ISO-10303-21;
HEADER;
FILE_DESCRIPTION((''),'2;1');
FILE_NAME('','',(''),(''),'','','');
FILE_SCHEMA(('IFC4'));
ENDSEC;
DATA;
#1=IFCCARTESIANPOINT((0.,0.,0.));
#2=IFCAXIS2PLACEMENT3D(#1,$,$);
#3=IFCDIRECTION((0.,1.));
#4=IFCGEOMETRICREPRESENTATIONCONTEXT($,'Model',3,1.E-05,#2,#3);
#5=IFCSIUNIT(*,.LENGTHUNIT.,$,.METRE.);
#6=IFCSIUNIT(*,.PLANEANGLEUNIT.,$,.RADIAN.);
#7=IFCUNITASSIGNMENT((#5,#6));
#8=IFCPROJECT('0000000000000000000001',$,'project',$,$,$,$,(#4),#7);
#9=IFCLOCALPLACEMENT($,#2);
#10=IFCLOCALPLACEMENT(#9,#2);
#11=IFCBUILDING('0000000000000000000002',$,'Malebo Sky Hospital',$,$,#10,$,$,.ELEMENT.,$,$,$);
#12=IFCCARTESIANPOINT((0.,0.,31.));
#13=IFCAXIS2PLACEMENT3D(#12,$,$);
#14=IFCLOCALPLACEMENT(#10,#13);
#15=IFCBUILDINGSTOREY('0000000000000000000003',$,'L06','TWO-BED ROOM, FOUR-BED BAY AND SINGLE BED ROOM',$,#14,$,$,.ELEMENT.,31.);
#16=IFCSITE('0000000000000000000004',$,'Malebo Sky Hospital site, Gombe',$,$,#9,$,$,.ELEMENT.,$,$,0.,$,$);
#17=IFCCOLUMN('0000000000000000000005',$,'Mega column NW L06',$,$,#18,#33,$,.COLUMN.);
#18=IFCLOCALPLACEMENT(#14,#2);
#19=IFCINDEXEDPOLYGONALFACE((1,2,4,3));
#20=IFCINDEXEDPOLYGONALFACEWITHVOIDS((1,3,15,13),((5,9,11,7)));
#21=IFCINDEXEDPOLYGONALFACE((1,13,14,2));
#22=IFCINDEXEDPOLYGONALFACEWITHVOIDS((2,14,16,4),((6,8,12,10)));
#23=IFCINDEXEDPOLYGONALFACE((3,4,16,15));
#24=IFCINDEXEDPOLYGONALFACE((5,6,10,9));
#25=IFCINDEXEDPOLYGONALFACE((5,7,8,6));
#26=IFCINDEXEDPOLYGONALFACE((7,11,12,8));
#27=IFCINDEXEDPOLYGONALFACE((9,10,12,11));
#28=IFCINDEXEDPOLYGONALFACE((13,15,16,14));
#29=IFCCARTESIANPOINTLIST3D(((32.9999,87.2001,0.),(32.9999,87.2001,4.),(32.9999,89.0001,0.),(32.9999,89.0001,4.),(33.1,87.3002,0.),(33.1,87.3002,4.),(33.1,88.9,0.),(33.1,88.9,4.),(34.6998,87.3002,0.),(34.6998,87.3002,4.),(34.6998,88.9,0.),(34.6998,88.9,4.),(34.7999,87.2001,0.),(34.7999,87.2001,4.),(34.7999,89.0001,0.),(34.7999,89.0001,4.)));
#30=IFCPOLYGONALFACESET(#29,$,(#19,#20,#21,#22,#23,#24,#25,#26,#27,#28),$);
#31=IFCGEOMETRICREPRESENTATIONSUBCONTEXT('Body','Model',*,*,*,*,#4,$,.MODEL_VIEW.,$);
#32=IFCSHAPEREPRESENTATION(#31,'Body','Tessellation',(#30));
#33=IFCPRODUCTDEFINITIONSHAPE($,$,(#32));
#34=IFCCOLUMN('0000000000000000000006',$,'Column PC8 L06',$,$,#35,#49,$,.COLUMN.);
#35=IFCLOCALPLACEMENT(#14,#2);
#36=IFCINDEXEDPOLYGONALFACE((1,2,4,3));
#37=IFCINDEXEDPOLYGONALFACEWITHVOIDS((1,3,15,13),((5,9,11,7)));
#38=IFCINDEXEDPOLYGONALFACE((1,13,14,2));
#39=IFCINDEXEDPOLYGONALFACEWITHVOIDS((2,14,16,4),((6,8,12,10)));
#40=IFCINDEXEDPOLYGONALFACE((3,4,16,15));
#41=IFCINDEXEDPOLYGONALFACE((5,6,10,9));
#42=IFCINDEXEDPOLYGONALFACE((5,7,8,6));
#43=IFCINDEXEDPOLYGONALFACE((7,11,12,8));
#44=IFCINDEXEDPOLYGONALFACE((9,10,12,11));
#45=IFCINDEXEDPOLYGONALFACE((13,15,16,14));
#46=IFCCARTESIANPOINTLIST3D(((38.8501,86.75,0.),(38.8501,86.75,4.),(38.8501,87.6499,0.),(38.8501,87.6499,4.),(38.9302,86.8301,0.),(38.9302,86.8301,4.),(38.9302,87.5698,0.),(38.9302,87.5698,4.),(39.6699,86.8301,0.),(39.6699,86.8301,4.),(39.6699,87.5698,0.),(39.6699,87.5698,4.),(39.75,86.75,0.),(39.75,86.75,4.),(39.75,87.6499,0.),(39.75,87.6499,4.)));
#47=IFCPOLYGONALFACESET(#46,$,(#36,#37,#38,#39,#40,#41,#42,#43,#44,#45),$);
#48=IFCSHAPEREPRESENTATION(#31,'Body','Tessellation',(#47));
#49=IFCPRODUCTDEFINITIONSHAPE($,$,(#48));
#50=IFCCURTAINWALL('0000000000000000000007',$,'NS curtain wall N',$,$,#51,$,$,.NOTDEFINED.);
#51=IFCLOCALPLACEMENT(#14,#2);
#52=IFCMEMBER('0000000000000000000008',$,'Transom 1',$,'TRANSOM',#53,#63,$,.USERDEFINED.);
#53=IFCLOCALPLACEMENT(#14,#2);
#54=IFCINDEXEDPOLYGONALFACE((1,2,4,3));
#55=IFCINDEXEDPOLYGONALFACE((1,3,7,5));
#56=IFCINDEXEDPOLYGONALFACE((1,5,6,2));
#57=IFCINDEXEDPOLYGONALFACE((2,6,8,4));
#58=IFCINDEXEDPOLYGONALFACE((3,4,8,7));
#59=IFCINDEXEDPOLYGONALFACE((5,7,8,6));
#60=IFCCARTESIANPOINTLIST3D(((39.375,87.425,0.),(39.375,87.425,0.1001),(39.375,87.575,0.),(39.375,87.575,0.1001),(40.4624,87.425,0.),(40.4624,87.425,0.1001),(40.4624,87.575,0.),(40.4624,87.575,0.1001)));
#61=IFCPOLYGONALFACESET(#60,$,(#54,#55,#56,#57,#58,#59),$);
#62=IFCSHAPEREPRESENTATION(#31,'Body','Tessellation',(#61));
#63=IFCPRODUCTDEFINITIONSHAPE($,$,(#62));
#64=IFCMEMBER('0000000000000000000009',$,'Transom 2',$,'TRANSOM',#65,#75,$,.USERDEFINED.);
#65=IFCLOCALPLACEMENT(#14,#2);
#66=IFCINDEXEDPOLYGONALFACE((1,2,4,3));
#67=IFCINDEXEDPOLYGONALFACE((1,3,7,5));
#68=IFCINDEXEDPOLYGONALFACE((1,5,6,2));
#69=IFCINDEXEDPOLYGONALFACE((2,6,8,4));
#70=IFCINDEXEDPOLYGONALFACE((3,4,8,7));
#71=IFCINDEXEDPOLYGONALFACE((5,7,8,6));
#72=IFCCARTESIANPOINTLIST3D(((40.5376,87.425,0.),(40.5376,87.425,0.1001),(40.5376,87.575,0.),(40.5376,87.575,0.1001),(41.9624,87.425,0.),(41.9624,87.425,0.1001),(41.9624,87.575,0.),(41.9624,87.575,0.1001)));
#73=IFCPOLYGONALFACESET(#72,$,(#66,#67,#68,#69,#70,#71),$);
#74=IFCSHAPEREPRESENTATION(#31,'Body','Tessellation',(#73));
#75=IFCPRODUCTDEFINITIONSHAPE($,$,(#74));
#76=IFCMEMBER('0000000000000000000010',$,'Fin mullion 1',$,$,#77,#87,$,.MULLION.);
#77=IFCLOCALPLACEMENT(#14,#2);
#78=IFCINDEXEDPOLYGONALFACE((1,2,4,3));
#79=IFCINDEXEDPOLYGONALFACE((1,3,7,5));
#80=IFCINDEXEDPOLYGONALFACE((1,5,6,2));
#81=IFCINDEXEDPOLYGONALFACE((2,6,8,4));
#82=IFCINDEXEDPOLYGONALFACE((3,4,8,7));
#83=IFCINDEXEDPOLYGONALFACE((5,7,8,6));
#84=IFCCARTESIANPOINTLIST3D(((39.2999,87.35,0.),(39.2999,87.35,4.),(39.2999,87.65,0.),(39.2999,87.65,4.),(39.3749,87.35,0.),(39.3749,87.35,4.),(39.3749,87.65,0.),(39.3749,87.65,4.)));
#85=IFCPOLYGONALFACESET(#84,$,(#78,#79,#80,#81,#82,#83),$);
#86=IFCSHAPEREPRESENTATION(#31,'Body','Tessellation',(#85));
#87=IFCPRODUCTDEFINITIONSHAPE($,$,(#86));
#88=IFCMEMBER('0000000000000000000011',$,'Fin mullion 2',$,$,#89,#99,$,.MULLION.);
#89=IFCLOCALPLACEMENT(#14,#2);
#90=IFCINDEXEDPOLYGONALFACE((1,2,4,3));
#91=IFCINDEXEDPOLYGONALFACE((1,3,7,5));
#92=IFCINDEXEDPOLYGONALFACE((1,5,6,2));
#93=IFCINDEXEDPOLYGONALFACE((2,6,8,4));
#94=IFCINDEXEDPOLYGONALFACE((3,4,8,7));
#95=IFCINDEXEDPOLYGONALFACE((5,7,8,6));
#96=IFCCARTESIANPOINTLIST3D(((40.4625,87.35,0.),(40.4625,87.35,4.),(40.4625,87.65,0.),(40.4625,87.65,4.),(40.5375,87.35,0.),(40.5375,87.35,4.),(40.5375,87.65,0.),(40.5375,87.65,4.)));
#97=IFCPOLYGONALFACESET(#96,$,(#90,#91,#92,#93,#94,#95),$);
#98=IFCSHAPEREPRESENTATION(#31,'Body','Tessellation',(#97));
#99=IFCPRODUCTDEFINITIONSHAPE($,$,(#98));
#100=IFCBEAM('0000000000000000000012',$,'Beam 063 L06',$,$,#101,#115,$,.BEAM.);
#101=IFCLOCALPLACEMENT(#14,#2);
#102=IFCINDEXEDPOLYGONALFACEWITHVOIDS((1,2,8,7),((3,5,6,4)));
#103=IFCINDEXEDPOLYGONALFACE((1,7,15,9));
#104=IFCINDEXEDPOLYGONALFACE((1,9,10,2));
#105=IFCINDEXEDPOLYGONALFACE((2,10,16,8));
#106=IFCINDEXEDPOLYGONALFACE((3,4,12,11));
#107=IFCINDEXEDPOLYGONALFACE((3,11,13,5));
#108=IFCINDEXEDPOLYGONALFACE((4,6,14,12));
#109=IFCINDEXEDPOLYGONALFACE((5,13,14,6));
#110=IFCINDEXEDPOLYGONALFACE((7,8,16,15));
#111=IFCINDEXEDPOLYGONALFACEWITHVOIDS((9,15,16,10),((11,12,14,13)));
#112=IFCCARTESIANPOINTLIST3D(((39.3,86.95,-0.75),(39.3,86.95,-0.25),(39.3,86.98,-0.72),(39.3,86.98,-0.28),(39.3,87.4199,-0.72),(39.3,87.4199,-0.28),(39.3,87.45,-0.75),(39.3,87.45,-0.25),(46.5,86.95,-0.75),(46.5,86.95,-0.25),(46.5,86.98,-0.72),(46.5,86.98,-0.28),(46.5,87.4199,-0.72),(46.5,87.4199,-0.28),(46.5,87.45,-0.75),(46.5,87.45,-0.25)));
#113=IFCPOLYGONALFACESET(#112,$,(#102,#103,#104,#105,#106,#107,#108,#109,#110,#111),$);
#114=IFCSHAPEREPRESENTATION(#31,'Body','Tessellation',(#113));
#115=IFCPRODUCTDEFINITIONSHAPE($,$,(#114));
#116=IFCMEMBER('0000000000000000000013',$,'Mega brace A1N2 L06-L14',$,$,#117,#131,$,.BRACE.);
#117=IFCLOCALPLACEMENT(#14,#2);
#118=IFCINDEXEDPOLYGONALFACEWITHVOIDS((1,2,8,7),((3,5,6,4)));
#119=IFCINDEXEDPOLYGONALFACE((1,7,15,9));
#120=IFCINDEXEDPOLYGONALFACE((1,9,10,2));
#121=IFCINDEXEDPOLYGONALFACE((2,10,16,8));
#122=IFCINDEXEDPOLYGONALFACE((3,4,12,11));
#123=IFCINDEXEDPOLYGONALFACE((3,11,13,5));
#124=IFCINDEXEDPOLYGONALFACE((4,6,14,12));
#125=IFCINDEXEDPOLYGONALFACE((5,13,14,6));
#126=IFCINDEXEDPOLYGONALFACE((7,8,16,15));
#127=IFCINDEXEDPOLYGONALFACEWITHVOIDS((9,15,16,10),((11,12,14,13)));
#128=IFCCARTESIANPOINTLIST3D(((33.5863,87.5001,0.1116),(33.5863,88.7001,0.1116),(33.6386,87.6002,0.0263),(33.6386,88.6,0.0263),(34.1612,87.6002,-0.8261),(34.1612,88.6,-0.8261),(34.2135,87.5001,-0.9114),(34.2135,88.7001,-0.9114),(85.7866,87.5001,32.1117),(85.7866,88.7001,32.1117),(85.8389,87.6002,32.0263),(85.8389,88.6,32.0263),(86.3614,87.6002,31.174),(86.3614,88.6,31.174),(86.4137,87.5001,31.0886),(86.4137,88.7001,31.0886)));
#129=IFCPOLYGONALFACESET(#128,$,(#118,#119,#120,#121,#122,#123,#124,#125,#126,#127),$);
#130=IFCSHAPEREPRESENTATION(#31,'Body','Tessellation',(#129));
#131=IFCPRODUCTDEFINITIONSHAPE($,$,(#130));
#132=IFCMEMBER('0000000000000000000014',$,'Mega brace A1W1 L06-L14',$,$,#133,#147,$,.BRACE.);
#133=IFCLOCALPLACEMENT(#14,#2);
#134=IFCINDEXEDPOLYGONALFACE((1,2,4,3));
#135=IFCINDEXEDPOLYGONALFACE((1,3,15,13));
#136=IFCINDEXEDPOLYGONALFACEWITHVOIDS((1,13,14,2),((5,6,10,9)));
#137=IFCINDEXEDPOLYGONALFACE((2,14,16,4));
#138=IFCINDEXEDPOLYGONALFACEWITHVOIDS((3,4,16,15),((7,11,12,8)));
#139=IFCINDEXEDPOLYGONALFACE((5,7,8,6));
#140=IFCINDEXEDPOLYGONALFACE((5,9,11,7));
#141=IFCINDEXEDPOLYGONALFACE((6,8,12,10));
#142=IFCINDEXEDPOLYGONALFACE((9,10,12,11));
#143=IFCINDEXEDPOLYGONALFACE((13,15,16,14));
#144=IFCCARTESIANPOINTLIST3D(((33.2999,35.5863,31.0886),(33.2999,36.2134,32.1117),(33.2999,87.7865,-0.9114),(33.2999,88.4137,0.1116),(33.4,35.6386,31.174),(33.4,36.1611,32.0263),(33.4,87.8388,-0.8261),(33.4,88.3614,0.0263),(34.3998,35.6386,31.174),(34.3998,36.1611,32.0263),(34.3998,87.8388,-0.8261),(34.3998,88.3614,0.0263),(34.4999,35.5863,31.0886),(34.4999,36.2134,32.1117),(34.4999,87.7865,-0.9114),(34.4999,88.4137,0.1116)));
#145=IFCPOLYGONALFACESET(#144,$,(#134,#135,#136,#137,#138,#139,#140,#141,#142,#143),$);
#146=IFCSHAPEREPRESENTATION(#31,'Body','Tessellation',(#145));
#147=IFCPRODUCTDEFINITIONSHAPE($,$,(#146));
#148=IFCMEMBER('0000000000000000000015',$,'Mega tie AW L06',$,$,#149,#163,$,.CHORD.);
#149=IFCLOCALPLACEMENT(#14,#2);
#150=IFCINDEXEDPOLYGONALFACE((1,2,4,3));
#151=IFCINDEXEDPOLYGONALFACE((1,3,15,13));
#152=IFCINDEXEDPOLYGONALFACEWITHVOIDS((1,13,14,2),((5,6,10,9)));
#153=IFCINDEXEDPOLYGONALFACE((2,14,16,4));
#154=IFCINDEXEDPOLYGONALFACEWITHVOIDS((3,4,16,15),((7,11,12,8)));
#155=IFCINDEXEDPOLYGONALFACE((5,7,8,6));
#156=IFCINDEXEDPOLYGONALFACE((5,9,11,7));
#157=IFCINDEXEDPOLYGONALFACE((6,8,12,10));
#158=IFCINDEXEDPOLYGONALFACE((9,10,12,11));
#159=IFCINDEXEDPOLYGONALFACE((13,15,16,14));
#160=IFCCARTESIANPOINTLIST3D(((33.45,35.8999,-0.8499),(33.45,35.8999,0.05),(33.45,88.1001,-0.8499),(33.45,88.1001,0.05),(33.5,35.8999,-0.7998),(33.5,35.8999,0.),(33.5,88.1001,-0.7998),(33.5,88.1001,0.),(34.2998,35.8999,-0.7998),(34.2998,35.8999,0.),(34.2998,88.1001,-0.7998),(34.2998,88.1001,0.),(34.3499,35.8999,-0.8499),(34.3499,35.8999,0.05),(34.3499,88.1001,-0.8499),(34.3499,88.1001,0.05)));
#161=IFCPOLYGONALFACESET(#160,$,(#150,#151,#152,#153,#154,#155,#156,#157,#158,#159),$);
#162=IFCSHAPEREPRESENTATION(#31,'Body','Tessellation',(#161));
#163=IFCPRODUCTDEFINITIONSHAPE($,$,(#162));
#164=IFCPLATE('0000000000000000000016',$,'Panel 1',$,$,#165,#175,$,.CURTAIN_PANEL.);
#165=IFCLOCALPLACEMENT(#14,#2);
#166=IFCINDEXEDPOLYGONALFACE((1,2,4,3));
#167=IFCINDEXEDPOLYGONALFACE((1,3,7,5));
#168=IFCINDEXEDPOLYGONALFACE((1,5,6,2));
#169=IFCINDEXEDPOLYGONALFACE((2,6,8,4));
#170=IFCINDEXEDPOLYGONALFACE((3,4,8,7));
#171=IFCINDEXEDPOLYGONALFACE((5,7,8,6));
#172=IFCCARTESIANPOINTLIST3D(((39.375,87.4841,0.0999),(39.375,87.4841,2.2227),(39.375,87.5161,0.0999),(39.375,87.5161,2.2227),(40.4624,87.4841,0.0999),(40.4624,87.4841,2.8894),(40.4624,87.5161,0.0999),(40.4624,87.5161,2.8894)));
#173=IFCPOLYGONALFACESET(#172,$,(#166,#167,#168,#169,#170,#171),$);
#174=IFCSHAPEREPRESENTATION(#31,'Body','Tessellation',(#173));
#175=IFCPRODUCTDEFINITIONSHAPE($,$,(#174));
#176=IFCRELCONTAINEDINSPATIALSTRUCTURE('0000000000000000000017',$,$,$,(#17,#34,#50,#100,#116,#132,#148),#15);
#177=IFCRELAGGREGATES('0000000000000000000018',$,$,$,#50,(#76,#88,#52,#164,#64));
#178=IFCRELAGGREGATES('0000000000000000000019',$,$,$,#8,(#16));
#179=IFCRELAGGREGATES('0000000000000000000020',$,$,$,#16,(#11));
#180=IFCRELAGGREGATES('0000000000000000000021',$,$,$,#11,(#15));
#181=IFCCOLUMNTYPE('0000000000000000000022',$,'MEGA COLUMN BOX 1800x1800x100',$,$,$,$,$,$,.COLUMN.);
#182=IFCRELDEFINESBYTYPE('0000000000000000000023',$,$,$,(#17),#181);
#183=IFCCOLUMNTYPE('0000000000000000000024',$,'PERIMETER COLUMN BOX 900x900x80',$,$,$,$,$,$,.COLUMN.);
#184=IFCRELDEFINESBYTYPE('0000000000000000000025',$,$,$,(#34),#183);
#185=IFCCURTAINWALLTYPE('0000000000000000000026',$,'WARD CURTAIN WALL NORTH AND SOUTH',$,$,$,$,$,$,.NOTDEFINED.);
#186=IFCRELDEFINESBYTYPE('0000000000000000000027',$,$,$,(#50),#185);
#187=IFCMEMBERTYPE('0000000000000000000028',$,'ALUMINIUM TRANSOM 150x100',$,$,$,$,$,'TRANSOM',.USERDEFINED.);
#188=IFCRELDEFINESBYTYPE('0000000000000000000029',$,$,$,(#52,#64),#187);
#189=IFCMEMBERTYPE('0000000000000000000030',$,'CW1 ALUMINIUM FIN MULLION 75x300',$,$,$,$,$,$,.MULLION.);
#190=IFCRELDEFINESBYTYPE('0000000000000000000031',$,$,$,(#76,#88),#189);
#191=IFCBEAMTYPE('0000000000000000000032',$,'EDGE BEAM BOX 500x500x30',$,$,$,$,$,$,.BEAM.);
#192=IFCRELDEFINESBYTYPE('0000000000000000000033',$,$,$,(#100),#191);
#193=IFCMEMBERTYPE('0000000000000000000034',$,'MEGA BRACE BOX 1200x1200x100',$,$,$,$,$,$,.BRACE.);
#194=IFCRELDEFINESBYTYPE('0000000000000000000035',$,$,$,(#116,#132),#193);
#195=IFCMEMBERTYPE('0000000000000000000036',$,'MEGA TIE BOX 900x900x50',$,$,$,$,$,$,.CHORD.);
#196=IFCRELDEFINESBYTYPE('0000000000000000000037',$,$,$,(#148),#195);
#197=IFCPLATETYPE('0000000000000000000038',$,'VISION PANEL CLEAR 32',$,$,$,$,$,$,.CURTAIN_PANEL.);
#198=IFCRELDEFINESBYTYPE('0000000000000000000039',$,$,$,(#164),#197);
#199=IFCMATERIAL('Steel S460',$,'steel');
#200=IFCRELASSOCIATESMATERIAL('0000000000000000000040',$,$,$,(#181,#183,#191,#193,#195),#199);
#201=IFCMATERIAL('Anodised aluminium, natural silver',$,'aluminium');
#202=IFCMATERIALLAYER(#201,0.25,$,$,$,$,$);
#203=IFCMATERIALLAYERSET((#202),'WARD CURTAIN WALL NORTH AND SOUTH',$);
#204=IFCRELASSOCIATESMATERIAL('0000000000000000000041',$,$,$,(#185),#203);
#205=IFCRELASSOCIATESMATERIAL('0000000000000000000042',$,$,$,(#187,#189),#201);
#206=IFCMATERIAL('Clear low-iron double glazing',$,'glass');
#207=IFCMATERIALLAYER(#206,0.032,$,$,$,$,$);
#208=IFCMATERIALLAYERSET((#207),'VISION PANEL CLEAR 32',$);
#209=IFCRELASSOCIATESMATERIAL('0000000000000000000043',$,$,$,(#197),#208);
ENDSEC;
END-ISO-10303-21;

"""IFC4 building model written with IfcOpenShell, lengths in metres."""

from ifc_helpers import new_model, si_unit, direction, frame, origin, origin_2d, place, context, subcontext, project, spatial, polyline, rectangle, hollow_rectangle, outline, extrude, material, layer, layer_set, material_profile, profile_set, type_object, element, aggregate, save


model = new_model("IFC4")

# Units and contexts
model_context = context("Model", 3, precision=1e-05, world=origin(), true_north=direction((0.0, 1.0)))
body_context = subcontext(model_context, "Body", "Model", "MODEL_VIEW")
ifc_project = project(units=[si_unit("LENGTHUNIT", "METRE"), si_unit("PLANEANGLEUNIT", "RADIAN")], contexts=[model_context])

# Site, building, storey
site_placement = place(None, origin())
site = spatial("IfcSite", under=ifc_project, at=site_placement, Name="Malebo Sky Hospital site, Gombe", CompositionType="ELEMENT", RefElevation=0.0)
building_placement = place(site_placement, origin())
building = spatial("IfcBuilding", under=site, at=building_placement, Name="Malebo Sky Hospital", CompositionType="ELEMENT")
storey_placement = place(building_placement, frame((0.0, 0.0, 31.0)))
storey = spatial("IfcBuildingStorey", under=building, at=storey_placement, Name="L06", Description="TWO-BED ROOM, FOUR-BED BAY AND SINGLE BED ROOM", CompositionType="ELEMENT", Elevation=31.0)

# Columns
ifc_material_1 = material(Name="Steel S460", Category="steel")
ifc_material_profile_1 = material_profile(ifc_material_1, hollow_rectangle(XDim=1.8, YDim=1.8, WallThickness=0.1001, at=origin_2d()), Name="BOX 1800x1800x100")
ifc_profile_set_1 = profile_set([ifc_material_profile_1], Name="Steel S460")
column_type_1 = type_object("IfcColumnType", Name="MEGA COLUMN BOX 1800x1800x100", PredefinedType="COLUMN", material=ifc_profile_set_1)
column_1_placement = place(storey_placement, frame((33.8999, 88.1001, 0.0), z_axis=(0.0, 0.0, 1.0), x_axis=(1.0, 0.0, 0.0)))
element("IfcColumn", 1, at=column_1_placement, inside=storey, type_object=column_type_1, Name="Mega column NW L06", PredefinedType="COLUMN", context=body_context, shape_type="SweptSolid", body=[
    extrude(hollow_rectangle(XDim=1.8, YDim=1.8, WallThickness=0.1001, at=origin_2d()), origin(), (0.0, 0.0, 1.0), 4.0),
])
ifc_material_profile_2 = material_profile(ifc_material_1, hollow_rectangle(XDim=0.8999, YDim=0.8999, WallThickness=0.0801, at=origin_2d()), Name="BOX 900x900x80")
ifc_profile_set_2 = profile_set([ifc_material_profile_2], Name="Steel S460")
column_type_2 = type_object("IfcColumnType", Name="PERIMETER COLUMN BOX 900x900x80", PredefinedType="COLUMN", material=ifc_profile_set_2)
column_2_placement = place(storey_placement, frame((39.3, 87.2, 0.0), z_axis=(0.0, 0.0, 1.0), x_axis=(1.0, 0.0, 0.0)))
element("IfcColumn", 2, at=column_2_placement, inside=storey, type_object=column_type_2, Name="Column PC8 L06", PredefinedType="COLUMN", context=body_context, shape_type="SweptSolid", body=[
    extrude(hollow_rectangle(XDim=0.8999, YDim=0.8999, WallThickness=0.0801, at=origin_2d()), origin(), (0.0, 0.0, 1.0), 4.0),
])

# Curtain wall, members
ifc_material_2 = material(Name="Anodised aluminium, natural silver", Category="aluminium")
ifc_layer_1 = layer(ifc_material_2, 0.25)
ifc_layer_set_1 = layer_set([ifc_layer_1], Name="WARD CURTAIN WALL NORTH AND SOUTH")
curtain_wall_type = type_object("IfcCurtainWallType", Name="WARD CURTAIN WALL NORTH AND SOUTH", PredefinedType="NOTDEFINED", material=ifc_layer_set_1)
curtain_wall_placement = place(storey_placement, origin())
curtain_wall = element("IfcCurtainWall", 3, at=curtain_wall_placement, inside=storey, type_object=curtain_wall_type, Name="NS curtain wall N", PredefinedType="NOTDEFINED")
ifc_material_profile_3 = material_profile(ifc_material_2, rectangle(XDim=0.1499, YDim=0.1001, at=origin_2d()), Name="ALUMINIUM TRANSOM 150x100")
ifc_profile_set_3 = profile_set([ifc_material_profile_3], Name="Anodised aluminium, natural silver")
member_type_1 = type_object("IfcMemberType", Name="ALUMINIUM TRANSOM 150x100", ElementType="TRANSOM", PredefinedType="USERDEFINED", material=ifc_profile_set_3)
member_1_placement = place(storey_placement, frame((39.375, 87.5, 0.05), z_axis=(1.0, 0.0, 0.0), x_axis=(0.0, 1.0, 0.0)))
member_1 = element("IfcMember", 4, at=member_1_placement, type_object=member_type_1, Name="Transom 1", ObjectType="TRANSOM", PredefinedType="USERDEFINED", context=body_context, shape_type="SweptSolid", body=[
    extrude(rectangle(XDim=0.1499, YDim=0.1001, at=origin_2d()), origin(), (0.0, 0.0, 1.0), 1.0874),
])
member_2_placement = place(storey_placement, frame((40.5376, 87.5, 0.05), z_axis=(1.0, 0.0, 0.0), x_axis=(0.0, 1.0, 0.0)))
member_2 = element("IfcMember", 5, at=member_2_placement, type_object=member_type_1, Name="Transom 2", ObjectType="TRANSOM", PredefinedType="USERDEFINED", context=body_context, shape_type="SweptSolid", body=[
    extrude(rectangle(XDim=0.1499, YDim=0.1001, at=origin_2d()), origin(), (0.0, 0.0, 1.0), 1.4248),
])
ifc_material_profile_4 = material_profile(ifc_material_2, rectangle(XDim=0.075, YDim=0.3, at=origin_2d()), Name="CW1 ALUMINIUM FIN MULLION 75x300")
ifc_profile_set_4 = profile_set([ifc_material_profile_4], Name="Anodised aluminium, natural silver")
member_type_2 = type_object("IfcMemberType", Name="CW1 ALUMINIUM FIN MULLION 75x300", PredefinedType="MULLION", material=ifc_profile_set_4)
member_3_placement = place(storey_placement, frame((39.3374, 87.5, 0.0), z_axis=(0.0, 0.0, 1.0), x_axis=(1.0, 0.0, 0.0)))
member_3 = element("IfcMember", 6, at=member_3_placement, type_object=member_type_2, Name="Fin mullion 1", PredefinedType="MULLION", context=body_context, shape_type="SweptSolid", body=[
    extrude(rectangle(XDim=0.075, YDim=0.3, at=origin_2d()), origin(), (0.0, 0.0, 1.0), 4.0),
])
member_4_placement = place(storey_placement, frame((40.5, 87.5, 0.0), z_axis=(0.0, 0.0, 1.0), x_axis=(1.0, 0.0, 0.0)))
member_4 = element("IfcMember", 7, at=member_4_placement, type_object=member_type_2, Name="Fin mullion 2", PredefinedType="MULLION", context=body_context, shape_type="SweptSolid", body=[
    extrude(rectangle(XDim=0.075, YDim=0.3, at=origin_2d()), origin(), (0.0, 0.0, 1.0), 4.0),
])

# Beam
ifc_material_profile_5 = material_profile(ifc_material_1, hollow_rectangle(XDim=0.5, YDim=0.5, WallThickness=0.03, at=origin_2d()), Name="BOX 500x500x30")
ifc_profile_set_5 = profile_set([ifc_material_profile_5], Name="Steel S460")
beam_type = type_object("IfcBeamType", Name="EDGE BEAM BOX 500x500x30", PredefinedType="BEAM", material=ifc_profile_set_5)
beam_placement = place(storey_placement, frame((39.3, 87.2, -0.5), z_axis=(1.0, 0.0, 0.0), x_axis=(0.0, 1.0, 0.0)))
element("IfcBeam", 8, at=beam_placement, inside=storey, type_object=beam_type, Name="Beam 063 L06", PredefinedType="BEAM", context=body_context, shape_type="SweptSolid", body=[
    extrude(hollow_rectangle(XDim=0.5, YDim=0.5, WallThickness=0.03, at=origin_2d()), origin(), (0.0, 0.0, 1.0), 7.2),
])

# Members
ifc_material_profile_6 = material_profile(ifc_material_1, hollow_rectangle(XDim=1.2, YDim=1.2, WallThickness=0.1001, at=origin_2d()), Name="BOX 1200x1200x100")
ifc_profile_set_6 = profile_set([ifc_material_profile_6], Name="Steel S460")
member_type_3 = type_object("IfcMemberType", Name="MEGA BRACE BOX 1200x1200x100", PredefinedType="BRACE", material=ifc_profile_set_6)
for number, where, z_axis, x_axis, name in (
    (9, (33.8999, 88.1001, -0.3999), (0.852555, 0.0, 0.522637), (0.0, 1.0, 0.0), "Mega brace A1N2 L06-L14"),
    (10, (33.8999, 88.1001, -0.3999), (0.0, -0.852555, 0.522637), (1.0, 0.0, 0.0), "Mega brace A1W1 L06-L14"),
):
    element("IfcMember", number, at=place(storey_placement, frame(where, z_axis=z_axis, x_axis=x_axis)), inside=storey, type_object=member_type_3, Name=name, PredefinedType="BRACE", context=body_context, shape_type="SweptSolid", body=[
        extrude(hollow_rectangle(XDim=1.2, YDim=1.2, WallThickness=0.1001, at=origin_2d()), origin(), (0.0, 0.0, 1.0), 61.228),
    ])
ifc_material_profile_7 = material_profile(ifc_material_1, hollow_rectangle(XDim=0.8999, YDim=0.8999, WallThickness=0.05, at=origin_2d()), Name="BOX 900x900x50")
ifc_profile_set_7 = profile_set([ifc_material_profile_7], Name="Steel S460")
member_type_4 = type_object("IfcMemberType", Name="MEGA TIE BOX 900x900x50", PredefinedType="CHORD", material=ifc_profile_set_7)
member_5_placement = place(storey_placement, frame((33.8999, 88.1001, -0.3999), z_axis=(0.0, -1.0, 0.0), x_axis=(1.0, 0.0, 0.0)))
element("IfcMember", 11, at=member_5_placement, inside=storey, type_object=member_type_4, Name="Mega tie AW L06", PredefinedType="CHORD", context=body_context, shape_type="SweptSolid", body=[
    extrude(hollow_rectangle(XDim=0.8999, YDim=0.8999, WallThickness=0.05, at=origin_2d()), origin(), (0.0, 0.0, 1.0), 52.2002),
])

# Plate
ifc_material_3 = material(Name="Clear low-iron double glazing", Category="glass")
ifc_layer_2 = layer(ifc_material_3, 0.032)
ifc_layer_set_2 = layer_set([ifc_layer_2], Name="VISION PANEL CLEAR 32")
plate_type = type_object("IfcPlateType", Name="VISION PANEL CLEAR 32", PredefinedType="CURTAIN_PANEL", material=ifc_layer_set_2)
plate_placement = place(storey_placement, frame((39.9187, 87.5, 0.0999), z_axis=(0.0, 0.0, 1.0), x_axis=(1.0, 0.0, 0.0)))
plate = element("IfcPlate", 12, at=plate_placement, type_object=plate_type, Name="Panel 1", PredefinedType="CURTAIN_PANEL", context=body_context, shape_type="SweptSolid", body=[
    extrude(outline(polyline([(-0.5437, 0.0), (0.5437, 0.0), (0.5437, 2.7896), (-0.5437, 2.1228), (-0.5437, 0.0)])), frame((0.0, 0.0161, 0.0), z_axis=(0.0, -1.0, 0.0), x_axis=(1.0, 0.0, 0.0)), (0.0, 0.0, 1.0), 0.032),
])
aggregate(curtain_wall, [member_3, member_4, member_1, plate, member_2])

save(model, "model.ifc")
